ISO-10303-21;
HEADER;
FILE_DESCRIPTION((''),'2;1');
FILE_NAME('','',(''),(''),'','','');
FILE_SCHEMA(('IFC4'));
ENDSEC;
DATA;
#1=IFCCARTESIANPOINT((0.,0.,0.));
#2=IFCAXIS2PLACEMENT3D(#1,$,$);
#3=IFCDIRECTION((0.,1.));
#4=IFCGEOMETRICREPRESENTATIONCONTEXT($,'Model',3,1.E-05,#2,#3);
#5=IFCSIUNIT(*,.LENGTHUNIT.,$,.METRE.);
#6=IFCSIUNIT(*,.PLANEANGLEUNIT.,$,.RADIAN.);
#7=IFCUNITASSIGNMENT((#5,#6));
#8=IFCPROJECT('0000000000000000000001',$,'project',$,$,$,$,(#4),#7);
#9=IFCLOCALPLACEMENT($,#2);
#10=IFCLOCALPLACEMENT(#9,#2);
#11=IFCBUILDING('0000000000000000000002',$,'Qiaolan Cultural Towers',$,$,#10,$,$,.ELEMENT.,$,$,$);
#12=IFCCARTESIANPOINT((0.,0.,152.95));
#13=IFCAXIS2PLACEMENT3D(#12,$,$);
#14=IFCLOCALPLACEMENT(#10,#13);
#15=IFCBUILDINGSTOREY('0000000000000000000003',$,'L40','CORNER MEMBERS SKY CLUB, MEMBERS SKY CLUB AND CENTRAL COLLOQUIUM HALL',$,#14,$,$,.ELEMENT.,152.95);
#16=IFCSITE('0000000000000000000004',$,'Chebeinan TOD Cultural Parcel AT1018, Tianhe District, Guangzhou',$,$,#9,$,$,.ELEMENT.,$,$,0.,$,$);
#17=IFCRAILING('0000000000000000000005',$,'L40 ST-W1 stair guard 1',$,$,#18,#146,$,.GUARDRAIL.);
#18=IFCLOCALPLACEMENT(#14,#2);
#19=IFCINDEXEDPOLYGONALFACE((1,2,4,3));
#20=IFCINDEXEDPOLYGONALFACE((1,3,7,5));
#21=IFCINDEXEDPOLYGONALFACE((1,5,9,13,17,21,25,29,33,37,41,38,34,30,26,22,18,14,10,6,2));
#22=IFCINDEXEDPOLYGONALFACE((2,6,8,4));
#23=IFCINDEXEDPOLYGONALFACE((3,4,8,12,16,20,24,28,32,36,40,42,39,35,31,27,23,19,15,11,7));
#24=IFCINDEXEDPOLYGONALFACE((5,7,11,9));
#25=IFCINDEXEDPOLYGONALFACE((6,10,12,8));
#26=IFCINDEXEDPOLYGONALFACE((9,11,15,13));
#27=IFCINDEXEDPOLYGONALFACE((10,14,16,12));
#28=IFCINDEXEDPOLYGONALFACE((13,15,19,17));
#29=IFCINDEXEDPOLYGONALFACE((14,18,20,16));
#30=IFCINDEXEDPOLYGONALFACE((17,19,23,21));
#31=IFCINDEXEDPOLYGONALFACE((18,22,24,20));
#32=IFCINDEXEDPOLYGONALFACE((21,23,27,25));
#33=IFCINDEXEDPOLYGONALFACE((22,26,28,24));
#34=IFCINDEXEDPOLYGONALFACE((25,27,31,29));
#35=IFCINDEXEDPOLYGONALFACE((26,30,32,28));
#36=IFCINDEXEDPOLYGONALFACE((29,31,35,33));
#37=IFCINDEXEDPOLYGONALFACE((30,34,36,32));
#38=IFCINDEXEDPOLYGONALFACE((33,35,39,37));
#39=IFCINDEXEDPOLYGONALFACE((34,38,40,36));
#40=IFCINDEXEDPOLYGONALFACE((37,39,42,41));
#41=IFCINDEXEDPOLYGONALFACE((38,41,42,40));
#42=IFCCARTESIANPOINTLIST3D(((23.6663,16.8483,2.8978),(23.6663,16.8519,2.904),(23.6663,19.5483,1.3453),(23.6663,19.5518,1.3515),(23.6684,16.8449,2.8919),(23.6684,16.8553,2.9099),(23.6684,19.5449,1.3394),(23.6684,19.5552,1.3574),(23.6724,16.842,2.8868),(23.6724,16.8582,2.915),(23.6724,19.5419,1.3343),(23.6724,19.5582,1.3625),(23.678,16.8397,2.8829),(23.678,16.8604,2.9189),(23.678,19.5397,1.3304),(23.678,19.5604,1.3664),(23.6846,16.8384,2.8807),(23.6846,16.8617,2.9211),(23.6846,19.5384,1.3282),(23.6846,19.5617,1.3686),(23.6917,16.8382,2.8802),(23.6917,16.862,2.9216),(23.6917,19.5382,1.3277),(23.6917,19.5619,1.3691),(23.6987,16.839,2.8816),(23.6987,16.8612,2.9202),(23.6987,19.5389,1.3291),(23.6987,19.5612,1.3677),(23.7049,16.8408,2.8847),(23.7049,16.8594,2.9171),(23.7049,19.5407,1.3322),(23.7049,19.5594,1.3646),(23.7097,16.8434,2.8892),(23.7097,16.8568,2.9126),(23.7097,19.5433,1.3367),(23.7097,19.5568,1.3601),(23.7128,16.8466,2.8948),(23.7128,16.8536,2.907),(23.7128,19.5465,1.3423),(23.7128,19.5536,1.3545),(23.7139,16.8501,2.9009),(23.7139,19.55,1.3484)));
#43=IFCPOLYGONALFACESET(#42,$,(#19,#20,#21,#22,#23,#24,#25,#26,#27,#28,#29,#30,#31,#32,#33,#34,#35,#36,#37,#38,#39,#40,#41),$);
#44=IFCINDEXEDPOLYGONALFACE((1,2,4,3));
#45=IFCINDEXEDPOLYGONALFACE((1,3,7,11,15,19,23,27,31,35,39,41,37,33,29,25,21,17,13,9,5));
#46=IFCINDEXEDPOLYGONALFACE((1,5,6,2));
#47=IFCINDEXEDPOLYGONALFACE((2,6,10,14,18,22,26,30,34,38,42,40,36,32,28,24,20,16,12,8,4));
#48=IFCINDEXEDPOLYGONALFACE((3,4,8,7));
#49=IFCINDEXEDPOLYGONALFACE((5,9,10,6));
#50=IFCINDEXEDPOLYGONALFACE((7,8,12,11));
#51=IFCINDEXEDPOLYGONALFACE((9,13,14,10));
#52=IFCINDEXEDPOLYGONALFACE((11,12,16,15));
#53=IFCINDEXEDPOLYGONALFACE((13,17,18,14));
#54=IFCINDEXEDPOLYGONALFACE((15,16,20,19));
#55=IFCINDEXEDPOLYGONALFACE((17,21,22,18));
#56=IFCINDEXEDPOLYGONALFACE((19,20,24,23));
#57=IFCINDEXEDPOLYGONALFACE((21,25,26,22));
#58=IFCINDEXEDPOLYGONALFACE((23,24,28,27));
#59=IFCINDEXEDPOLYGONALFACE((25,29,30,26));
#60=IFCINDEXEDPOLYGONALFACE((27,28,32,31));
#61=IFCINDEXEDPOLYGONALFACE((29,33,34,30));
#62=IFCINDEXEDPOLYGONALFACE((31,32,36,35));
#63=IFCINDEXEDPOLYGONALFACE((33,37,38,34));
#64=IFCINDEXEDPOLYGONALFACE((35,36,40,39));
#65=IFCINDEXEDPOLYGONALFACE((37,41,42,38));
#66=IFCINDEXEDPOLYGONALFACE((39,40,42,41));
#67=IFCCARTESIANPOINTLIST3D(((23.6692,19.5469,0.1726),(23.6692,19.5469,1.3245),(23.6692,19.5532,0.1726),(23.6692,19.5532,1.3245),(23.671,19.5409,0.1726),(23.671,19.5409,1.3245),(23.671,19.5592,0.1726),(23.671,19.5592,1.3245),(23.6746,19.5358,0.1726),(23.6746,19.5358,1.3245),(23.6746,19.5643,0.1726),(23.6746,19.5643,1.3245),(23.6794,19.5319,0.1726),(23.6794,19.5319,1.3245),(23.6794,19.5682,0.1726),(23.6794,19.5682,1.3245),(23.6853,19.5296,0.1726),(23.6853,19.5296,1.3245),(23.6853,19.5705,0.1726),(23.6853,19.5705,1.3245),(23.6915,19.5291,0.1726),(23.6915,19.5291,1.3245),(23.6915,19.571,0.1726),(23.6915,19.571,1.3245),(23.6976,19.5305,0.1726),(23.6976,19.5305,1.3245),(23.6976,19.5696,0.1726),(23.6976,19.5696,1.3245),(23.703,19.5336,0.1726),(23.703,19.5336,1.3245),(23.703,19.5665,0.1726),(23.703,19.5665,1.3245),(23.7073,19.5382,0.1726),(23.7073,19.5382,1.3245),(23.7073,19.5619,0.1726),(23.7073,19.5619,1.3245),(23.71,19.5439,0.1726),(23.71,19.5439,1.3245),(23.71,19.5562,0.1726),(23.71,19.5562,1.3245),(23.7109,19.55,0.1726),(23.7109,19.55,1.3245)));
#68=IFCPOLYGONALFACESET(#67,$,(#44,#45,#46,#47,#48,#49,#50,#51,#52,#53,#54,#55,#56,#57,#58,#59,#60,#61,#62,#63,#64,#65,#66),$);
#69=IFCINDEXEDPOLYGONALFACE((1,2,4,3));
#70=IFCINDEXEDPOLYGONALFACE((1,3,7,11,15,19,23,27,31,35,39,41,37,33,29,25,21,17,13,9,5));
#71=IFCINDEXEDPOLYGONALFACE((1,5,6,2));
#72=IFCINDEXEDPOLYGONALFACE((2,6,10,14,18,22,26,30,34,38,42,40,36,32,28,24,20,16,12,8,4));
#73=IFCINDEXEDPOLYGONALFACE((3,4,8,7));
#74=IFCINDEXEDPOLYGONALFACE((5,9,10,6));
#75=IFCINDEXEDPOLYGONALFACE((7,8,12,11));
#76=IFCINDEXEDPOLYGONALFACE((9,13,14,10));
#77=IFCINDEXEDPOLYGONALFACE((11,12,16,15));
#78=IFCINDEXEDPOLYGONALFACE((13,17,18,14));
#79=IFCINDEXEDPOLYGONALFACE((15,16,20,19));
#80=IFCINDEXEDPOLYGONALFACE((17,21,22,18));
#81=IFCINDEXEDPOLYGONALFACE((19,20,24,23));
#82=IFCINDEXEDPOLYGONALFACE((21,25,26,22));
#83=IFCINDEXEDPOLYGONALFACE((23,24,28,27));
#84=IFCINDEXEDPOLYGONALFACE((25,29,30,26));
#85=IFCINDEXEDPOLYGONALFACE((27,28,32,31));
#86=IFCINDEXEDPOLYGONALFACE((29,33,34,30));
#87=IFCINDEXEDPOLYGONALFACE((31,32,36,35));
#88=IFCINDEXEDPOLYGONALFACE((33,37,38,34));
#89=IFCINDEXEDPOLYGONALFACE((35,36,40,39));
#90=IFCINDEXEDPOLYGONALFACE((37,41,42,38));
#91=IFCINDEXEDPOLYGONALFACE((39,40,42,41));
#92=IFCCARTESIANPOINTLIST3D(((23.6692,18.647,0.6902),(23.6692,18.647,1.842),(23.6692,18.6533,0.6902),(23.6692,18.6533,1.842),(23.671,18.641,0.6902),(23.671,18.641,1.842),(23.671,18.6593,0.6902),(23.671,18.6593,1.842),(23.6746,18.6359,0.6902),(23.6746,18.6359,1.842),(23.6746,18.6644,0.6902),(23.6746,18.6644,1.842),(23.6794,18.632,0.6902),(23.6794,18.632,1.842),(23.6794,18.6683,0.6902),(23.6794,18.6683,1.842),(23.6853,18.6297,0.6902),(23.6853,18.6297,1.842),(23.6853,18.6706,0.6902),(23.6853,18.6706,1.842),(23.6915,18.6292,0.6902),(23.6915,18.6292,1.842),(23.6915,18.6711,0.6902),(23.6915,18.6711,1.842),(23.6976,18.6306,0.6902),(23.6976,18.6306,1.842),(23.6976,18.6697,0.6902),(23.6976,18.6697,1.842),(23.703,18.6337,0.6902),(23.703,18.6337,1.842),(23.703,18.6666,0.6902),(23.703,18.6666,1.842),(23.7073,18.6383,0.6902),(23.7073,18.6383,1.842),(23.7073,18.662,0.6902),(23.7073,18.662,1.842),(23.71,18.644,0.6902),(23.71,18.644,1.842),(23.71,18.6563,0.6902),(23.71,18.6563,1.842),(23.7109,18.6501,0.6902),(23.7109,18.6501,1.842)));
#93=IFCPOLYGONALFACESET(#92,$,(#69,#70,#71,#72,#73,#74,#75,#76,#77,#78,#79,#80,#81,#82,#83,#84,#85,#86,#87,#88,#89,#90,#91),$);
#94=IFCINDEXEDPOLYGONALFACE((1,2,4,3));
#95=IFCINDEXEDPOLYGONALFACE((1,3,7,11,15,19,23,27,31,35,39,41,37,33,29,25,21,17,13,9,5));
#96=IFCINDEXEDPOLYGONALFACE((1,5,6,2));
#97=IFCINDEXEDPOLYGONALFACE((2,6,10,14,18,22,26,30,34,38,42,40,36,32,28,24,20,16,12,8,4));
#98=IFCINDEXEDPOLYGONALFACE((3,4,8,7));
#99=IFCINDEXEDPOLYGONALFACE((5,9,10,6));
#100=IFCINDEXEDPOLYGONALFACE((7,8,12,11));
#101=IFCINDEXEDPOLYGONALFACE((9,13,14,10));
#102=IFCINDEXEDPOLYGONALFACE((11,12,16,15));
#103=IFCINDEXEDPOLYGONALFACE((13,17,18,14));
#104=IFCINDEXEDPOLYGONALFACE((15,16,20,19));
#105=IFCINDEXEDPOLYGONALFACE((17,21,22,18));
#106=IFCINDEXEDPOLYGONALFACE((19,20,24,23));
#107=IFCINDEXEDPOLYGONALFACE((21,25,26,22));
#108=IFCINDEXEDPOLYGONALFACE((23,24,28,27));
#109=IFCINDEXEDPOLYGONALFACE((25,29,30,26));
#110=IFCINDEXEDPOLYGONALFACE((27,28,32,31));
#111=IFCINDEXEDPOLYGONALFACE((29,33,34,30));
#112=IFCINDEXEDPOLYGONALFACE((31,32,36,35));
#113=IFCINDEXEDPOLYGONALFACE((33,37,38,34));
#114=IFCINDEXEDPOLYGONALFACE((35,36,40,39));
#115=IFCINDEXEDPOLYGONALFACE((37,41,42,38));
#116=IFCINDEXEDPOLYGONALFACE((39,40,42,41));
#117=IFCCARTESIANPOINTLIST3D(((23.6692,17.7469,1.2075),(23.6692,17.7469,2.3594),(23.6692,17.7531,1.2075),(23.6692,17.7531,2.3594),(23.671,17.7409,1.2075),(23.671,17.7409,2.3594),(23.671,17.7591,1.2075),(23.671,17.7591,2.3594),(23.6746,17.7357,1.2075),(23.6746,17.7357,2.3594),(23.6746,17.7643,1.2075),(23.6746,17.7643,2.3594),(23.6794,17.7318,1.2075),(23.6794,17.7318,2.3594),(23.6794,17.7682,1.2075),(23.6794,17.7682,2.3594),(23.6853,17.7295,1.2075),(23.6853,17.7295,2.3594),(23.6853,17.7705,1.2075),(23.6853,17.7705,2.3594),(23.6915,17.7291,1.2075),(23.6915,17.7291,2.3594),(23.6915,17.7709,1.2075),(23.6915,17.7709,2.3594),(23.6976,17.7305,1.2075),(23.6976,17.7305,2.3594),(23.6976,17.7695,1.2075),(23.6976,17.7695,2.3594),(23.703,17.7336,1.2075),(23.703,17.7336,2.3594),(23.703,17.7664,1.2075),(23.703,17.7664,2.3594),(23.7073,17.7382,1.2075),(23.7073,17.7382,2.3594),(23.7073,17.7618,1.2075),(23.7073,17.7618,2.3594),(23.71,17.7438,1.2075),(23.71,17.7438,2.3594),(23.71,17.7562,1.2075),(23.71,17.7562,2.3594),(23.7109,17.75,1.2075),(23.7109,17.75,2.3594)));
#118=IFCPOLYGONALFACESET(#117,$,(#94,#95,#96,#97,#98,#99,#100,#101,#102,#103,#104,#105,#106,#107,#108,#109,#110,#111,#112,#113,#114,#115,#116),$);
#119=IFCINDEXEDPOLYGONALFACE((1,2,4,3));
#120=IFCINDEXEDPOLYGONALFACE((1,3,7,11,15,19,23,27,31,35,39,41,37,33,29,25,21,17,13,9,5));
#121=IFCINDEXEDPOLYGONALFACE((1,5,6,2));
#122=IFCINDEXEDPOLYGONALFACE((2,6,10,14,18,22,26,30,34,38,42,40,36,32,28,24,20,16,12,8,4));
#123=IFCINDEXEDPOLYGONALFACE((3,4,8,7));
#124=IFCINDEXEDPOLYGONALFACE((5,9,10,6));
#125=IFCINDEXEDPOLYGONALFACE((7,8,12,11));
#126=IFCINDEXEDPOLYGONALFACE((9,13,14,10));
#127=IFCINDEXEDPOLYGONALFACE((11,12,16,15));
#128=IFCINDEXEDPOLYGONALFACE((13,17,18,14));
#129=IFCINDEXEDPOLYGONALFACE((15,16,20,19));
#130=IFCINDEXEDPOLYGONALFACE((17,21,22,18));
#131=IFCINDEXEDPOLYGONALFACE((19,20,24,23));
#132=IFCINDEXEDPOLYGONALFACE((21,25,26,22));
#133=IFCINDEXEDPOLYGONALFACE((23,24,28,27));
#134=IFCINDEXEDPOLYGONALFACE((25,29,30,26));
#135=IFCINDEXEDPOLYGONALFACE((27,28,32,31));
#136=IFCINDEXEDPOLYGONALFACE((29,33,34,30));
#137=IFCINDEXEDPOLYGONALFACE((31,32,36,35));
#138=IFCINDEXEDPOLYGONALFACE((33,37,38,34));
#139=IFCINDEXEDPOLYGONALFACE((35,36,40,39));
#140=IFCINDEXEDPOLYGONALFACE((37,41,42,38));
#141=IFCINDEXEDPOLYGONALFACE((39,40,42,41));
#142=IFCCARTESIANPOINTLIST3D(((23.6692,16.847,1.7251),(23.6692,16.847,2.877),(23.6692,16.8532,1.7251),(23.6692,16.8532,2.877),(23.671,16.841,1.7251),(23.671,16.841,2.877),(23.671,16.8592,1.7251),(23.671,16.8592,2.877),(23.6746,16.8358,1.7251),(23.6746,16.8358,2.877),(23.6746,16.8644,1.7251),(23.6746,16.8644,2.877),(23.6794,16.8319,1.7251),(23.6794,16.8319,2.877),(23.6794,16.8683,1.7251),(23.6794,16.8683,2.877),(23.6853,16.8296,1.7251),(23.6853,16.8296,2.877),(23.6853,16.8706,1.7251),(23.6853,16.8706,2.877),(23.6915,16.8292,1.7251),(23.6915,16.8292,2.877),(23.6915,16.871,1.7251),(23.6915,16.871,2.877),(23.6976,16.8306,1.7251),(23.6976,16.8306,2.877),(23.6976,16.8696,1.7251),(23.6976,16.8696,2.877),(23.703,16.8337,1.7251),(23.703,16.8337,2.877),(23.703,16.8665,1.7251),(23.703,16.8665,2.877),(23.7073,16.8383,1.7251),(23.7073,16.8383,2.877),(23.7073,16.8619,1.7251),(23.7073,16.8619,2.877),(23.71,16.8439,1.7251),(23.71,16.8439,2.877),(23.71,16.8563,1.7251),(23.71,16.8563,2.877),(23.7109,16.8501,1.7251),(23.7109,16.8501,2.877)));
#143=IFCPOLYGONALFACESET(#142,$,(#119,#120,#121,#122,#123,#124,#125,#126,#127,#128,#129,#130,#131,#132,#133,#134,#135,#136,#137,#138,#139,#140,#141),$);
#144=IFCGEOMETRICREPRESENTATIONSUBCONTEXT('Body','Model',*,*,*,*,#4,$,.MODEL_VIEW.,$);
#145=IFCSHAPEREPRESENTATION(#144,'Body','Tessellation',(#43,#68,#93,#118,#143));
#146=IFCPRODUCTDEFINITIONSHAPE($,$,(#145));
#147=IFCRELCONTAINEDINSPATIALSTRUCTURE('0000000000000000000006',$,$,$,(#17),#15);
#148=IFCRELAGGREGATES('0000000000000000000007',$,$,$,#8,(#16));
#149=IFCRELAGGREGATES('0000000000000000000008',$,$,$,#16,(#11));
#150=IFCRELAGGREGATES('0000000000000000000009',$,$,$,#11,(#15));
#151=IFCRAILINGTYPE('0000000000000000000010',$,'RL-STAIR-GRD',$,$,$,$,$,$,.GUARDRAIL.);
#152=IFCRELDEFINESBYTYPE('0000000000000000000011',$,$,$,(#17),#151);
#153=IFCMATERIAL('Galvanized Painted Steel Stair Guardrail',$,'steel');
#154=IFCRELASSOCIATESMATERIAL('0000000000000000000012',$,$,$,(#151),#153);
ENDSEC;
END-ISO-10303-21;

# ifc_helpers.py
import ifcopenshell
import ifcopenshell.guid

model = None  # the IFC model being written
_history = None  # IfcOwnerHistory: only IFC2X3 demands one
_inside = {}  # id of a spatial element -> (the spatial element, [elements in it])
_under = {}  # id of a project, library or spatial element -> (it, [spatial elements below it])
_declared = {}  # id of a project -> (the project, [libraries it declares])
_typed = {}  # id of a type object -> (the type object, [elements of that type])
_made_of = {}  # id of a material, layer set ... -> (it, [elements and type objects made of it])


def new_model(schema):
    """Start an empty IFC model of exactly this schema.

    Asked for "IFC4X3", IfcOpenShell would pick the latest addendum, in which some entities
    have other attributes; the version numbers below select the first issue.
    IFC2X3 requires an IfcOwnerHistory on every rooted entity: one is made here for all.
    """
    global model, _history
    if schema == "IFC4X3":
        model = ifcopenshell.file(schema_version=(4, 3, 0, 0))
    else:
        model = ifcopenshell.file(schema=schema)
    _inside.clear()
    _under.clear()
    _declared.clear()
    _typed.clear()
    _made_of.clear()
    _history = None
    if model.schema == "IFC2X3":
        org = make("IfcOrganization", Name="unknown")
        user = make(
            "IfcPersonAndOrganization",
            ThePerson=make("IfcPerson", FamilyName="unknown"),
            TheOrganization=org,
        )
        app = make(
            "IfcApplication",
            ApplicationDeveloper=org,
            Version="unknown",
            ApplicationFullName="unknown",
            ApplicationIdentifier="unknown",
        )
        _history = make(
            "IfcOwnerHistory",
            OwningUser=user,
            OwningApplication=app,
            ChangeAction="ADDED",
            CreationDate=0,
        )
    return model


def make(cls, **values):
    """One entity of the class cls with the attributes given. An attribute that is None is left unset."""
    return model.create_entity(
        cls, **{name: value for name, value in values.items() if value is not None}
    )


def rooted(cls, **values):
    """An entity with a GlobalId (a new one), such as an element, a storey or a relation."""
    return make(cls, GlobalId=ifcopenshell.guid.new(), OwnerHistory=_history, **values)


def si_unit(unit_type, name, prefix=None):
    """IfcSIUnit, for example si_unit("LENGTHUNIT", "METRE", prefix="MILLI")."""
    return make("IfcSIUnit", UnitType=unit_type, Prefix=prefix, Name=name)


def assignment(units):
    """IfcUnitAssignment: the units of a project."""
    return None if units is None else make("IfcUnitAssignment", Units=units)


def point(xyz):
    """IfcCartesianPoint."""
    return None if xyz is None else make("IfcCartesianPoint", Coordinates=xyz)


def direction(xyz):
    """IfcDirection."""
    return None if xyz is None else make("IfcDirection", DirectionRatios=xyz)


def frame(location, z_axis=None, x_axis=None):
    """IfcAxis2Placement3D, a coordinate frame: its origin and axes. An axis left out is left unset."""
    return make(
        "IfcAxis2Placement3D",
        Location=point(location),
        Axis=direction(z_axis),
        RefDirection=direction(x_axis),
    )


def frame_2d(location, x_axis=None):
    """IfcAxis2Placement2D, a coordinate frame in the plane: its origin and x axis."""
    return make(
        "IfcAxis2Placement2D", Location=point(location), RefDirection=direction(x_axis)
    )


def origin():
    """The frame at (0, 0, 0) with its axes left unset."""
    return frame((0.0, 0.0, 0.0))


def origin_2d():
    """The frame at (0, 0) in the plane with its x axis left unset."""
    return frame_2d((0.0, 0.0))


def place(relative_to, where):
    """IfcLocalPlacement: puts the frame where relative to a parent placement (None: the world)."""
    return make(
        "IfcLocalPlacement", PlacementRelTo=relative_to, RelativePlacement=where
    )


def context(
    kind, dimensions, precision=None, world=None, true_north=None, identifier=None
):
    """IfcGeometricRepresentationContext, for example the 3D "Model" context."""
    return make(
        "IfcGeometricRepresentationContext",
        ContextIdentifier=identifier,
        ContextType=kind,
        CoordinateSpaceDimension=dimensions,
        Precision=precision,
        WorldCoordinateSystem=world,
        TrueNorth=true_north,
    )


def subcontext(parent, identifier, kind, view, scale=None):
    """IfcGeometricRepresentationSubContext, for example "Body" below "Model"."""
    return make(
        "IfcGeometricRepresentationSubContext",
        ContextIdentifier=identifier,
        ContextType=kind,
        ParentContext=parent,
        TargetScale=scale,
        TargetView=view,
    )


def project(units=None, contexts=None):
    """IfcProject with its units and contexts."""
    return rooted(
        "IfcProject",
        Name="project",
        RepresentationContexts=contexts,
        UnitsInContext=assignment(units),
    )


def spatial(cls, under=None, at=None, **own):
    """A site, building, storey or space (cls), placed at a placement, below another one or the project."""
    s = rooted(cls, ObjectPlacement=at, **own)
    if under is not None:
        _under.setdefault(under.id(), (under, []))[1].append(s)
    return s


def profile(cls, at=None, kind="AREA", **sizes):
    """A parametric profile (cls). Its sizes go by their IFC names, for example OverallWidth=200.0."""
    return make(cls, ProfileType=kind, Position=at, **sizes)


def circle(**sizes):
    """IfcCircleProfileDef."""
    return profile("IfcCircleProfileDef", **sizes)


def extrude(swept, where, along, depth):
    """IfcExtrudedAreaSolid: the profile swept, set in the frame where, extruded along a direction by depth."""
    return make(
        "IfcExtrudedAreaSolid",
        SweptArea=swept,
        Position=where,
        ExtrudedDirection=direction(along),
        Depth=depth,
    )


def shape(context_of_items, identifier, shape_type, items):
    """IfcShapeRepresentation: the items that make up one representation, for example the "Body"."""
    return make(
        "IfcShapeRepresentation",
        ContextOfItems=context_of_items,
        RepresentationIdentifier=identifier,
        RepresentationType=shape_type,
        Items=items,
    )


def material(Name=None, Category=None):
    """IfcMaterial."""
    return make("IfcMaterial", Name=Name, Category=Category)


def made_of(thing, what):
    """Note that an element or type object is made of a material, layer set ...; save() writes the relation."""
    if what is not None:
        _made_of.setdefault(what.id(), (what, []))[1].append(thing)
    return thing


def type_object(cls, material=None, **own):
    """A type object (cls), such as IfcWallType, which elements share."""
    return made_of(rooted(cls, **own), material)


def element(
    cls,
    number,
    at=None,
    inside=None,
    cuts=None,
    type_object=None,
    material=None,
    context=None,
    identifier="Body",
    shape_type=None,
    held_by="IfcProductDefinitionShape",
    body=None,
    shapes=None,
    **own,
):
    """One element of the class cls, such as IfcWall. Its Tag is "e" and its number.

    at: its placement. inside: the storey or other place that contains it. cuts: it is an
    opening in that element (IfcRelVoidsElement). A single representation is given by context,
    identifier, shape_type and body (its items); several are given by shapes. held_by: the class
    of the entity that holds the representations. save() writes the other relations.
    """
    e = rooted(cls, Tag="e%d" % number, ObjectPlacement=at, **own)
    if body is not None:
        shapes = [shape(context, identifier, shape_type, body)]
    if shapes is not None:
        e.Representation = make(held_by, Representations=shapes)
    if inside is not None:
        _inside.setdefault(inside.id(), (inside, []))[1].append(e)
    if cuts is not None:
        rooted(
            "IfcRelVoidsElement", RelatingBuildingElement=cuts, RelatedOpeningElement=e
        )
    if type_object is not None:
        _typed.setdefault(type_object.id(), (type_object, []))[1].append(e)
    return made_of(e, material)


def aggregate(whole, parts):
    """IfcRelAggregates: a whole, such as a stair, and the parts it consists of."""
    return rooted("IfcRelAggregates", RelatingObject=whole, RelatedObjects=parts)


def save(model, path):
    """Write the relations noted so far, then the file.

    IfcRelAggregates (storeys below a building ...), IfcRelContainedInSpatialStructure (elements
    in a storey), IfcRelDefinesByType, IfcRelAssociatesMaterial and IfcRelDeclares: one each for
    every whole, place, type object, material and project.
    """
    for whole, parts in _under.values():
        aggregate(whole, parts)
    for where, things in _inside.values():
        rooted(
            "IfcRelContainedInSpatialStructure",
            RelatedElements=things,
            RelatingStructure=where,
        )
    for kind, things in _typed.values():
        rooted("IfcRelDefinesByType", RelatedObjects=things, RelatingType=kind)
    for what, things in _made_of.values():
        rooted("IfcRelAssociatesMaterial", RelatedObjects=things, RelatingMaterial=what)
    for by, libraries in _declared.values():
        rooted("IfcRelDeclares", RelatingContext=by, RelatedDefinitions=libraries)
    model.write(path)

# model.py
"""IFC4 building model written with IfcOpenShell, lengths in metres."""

from ifc_helpers import new_model, si_unit, direction, frame, origin, origin_2d, place, context, subcontext, project, spatial, circle, extrude, material, type_object, element, save


model = new_model("IFC4")

# Units and contexts
model_context = context("Model", 3, precision=1e-05, world=origin(), true_north=direction((0.0, 1.0)))
body_context = subcontext(model_context, "Body", "Model", "MODEL_VIEW")
ifc_project = project(units=[si_unit("LENGTHUNIT", "METRE"), si_unit("PLANEANGLEUNIT", "RADIAN")], contexts=[model_context])

# Site, building, storey
site_placement = place(None, origin())
site = spatial("IfcSite", under=ifc_project, at=site_placement, Name="Chebeinan TOD Cultural Parcel AT1018, Tianhe District, Guangzhou", CompositionType="ELEMENT", RefElevation=0.0)
building_placement = place(site_placement, origin())
building = spatial("IfcBuilding", under=site, at=building_placement, Name="Qiaolan Cultural Towers", CompositionType="ELEMENT")
storey_placement = place(building_placement, frame((0.0, 0.0, 152.95)))
storey = spatial("IfcBuildingStorey", under=building, at=storey_placement, Name="L40", Description="CORNER MEMBERS SKY CLUB, MEMBERS SKY CLUB AND CENTRAL COLLOQUIUM HALL", CompositionType="ELEMENT", Elevation=152.95)

# Railing
ifc_material_1 = material(Name="Galvanized Painted Steel Stair Guardrail", Category="steel")
railing_type_1 = type_object("IfcRailingType", Name="RL-STAIR-GRD", PredefinedType="GUARDRAIL", material=ifc_material_1)
railing_1_placement = place(storey_placement, frame((23.6899, 19.55, 0.1726)))
element("IfcRailing", 1, at=railing_1_placement, inside=storey, type_object=railing_type_1, Name="L40 ST-W1 stair guard 1", PredefinedType="GUARDRAIL", context=body_context, shape_type="SweptSolid", body=[
    extrude(circle(Radius=0.0239, at=origin_2d()), frame((0.0, 0.0, 1.1758), z_axis=(0.0, -0.866904, 0.498476), x_axis=(1.0, 0.0, 0.0)), (0.0, 0.0, 1.0), 3.1145),
    extrude(circle(Radius=0.021, at=origin_2d()), origin(), (0.0, 0.0, 1.0), 1.1519),
    extrude(circle(Radius=0.021, at=origin_2d()), frame((0.0, -0.8999, 0.5176)), (0.0, 0.0, 1.0), 1.1519),
    extrude(circle(Radius=0.021, at=origin_2d()), frame((0.0, -1.8, 1.0349)), (0.0, 0.0, 1.0), 1.1519),
    extrude(circle(Radius=0.021, at=origin_2d()), frame((0.0, -2.7, 1.5525)), (0.0, 0.0, 1.0), 1.1519),
])

save(model, "model.ifc")
